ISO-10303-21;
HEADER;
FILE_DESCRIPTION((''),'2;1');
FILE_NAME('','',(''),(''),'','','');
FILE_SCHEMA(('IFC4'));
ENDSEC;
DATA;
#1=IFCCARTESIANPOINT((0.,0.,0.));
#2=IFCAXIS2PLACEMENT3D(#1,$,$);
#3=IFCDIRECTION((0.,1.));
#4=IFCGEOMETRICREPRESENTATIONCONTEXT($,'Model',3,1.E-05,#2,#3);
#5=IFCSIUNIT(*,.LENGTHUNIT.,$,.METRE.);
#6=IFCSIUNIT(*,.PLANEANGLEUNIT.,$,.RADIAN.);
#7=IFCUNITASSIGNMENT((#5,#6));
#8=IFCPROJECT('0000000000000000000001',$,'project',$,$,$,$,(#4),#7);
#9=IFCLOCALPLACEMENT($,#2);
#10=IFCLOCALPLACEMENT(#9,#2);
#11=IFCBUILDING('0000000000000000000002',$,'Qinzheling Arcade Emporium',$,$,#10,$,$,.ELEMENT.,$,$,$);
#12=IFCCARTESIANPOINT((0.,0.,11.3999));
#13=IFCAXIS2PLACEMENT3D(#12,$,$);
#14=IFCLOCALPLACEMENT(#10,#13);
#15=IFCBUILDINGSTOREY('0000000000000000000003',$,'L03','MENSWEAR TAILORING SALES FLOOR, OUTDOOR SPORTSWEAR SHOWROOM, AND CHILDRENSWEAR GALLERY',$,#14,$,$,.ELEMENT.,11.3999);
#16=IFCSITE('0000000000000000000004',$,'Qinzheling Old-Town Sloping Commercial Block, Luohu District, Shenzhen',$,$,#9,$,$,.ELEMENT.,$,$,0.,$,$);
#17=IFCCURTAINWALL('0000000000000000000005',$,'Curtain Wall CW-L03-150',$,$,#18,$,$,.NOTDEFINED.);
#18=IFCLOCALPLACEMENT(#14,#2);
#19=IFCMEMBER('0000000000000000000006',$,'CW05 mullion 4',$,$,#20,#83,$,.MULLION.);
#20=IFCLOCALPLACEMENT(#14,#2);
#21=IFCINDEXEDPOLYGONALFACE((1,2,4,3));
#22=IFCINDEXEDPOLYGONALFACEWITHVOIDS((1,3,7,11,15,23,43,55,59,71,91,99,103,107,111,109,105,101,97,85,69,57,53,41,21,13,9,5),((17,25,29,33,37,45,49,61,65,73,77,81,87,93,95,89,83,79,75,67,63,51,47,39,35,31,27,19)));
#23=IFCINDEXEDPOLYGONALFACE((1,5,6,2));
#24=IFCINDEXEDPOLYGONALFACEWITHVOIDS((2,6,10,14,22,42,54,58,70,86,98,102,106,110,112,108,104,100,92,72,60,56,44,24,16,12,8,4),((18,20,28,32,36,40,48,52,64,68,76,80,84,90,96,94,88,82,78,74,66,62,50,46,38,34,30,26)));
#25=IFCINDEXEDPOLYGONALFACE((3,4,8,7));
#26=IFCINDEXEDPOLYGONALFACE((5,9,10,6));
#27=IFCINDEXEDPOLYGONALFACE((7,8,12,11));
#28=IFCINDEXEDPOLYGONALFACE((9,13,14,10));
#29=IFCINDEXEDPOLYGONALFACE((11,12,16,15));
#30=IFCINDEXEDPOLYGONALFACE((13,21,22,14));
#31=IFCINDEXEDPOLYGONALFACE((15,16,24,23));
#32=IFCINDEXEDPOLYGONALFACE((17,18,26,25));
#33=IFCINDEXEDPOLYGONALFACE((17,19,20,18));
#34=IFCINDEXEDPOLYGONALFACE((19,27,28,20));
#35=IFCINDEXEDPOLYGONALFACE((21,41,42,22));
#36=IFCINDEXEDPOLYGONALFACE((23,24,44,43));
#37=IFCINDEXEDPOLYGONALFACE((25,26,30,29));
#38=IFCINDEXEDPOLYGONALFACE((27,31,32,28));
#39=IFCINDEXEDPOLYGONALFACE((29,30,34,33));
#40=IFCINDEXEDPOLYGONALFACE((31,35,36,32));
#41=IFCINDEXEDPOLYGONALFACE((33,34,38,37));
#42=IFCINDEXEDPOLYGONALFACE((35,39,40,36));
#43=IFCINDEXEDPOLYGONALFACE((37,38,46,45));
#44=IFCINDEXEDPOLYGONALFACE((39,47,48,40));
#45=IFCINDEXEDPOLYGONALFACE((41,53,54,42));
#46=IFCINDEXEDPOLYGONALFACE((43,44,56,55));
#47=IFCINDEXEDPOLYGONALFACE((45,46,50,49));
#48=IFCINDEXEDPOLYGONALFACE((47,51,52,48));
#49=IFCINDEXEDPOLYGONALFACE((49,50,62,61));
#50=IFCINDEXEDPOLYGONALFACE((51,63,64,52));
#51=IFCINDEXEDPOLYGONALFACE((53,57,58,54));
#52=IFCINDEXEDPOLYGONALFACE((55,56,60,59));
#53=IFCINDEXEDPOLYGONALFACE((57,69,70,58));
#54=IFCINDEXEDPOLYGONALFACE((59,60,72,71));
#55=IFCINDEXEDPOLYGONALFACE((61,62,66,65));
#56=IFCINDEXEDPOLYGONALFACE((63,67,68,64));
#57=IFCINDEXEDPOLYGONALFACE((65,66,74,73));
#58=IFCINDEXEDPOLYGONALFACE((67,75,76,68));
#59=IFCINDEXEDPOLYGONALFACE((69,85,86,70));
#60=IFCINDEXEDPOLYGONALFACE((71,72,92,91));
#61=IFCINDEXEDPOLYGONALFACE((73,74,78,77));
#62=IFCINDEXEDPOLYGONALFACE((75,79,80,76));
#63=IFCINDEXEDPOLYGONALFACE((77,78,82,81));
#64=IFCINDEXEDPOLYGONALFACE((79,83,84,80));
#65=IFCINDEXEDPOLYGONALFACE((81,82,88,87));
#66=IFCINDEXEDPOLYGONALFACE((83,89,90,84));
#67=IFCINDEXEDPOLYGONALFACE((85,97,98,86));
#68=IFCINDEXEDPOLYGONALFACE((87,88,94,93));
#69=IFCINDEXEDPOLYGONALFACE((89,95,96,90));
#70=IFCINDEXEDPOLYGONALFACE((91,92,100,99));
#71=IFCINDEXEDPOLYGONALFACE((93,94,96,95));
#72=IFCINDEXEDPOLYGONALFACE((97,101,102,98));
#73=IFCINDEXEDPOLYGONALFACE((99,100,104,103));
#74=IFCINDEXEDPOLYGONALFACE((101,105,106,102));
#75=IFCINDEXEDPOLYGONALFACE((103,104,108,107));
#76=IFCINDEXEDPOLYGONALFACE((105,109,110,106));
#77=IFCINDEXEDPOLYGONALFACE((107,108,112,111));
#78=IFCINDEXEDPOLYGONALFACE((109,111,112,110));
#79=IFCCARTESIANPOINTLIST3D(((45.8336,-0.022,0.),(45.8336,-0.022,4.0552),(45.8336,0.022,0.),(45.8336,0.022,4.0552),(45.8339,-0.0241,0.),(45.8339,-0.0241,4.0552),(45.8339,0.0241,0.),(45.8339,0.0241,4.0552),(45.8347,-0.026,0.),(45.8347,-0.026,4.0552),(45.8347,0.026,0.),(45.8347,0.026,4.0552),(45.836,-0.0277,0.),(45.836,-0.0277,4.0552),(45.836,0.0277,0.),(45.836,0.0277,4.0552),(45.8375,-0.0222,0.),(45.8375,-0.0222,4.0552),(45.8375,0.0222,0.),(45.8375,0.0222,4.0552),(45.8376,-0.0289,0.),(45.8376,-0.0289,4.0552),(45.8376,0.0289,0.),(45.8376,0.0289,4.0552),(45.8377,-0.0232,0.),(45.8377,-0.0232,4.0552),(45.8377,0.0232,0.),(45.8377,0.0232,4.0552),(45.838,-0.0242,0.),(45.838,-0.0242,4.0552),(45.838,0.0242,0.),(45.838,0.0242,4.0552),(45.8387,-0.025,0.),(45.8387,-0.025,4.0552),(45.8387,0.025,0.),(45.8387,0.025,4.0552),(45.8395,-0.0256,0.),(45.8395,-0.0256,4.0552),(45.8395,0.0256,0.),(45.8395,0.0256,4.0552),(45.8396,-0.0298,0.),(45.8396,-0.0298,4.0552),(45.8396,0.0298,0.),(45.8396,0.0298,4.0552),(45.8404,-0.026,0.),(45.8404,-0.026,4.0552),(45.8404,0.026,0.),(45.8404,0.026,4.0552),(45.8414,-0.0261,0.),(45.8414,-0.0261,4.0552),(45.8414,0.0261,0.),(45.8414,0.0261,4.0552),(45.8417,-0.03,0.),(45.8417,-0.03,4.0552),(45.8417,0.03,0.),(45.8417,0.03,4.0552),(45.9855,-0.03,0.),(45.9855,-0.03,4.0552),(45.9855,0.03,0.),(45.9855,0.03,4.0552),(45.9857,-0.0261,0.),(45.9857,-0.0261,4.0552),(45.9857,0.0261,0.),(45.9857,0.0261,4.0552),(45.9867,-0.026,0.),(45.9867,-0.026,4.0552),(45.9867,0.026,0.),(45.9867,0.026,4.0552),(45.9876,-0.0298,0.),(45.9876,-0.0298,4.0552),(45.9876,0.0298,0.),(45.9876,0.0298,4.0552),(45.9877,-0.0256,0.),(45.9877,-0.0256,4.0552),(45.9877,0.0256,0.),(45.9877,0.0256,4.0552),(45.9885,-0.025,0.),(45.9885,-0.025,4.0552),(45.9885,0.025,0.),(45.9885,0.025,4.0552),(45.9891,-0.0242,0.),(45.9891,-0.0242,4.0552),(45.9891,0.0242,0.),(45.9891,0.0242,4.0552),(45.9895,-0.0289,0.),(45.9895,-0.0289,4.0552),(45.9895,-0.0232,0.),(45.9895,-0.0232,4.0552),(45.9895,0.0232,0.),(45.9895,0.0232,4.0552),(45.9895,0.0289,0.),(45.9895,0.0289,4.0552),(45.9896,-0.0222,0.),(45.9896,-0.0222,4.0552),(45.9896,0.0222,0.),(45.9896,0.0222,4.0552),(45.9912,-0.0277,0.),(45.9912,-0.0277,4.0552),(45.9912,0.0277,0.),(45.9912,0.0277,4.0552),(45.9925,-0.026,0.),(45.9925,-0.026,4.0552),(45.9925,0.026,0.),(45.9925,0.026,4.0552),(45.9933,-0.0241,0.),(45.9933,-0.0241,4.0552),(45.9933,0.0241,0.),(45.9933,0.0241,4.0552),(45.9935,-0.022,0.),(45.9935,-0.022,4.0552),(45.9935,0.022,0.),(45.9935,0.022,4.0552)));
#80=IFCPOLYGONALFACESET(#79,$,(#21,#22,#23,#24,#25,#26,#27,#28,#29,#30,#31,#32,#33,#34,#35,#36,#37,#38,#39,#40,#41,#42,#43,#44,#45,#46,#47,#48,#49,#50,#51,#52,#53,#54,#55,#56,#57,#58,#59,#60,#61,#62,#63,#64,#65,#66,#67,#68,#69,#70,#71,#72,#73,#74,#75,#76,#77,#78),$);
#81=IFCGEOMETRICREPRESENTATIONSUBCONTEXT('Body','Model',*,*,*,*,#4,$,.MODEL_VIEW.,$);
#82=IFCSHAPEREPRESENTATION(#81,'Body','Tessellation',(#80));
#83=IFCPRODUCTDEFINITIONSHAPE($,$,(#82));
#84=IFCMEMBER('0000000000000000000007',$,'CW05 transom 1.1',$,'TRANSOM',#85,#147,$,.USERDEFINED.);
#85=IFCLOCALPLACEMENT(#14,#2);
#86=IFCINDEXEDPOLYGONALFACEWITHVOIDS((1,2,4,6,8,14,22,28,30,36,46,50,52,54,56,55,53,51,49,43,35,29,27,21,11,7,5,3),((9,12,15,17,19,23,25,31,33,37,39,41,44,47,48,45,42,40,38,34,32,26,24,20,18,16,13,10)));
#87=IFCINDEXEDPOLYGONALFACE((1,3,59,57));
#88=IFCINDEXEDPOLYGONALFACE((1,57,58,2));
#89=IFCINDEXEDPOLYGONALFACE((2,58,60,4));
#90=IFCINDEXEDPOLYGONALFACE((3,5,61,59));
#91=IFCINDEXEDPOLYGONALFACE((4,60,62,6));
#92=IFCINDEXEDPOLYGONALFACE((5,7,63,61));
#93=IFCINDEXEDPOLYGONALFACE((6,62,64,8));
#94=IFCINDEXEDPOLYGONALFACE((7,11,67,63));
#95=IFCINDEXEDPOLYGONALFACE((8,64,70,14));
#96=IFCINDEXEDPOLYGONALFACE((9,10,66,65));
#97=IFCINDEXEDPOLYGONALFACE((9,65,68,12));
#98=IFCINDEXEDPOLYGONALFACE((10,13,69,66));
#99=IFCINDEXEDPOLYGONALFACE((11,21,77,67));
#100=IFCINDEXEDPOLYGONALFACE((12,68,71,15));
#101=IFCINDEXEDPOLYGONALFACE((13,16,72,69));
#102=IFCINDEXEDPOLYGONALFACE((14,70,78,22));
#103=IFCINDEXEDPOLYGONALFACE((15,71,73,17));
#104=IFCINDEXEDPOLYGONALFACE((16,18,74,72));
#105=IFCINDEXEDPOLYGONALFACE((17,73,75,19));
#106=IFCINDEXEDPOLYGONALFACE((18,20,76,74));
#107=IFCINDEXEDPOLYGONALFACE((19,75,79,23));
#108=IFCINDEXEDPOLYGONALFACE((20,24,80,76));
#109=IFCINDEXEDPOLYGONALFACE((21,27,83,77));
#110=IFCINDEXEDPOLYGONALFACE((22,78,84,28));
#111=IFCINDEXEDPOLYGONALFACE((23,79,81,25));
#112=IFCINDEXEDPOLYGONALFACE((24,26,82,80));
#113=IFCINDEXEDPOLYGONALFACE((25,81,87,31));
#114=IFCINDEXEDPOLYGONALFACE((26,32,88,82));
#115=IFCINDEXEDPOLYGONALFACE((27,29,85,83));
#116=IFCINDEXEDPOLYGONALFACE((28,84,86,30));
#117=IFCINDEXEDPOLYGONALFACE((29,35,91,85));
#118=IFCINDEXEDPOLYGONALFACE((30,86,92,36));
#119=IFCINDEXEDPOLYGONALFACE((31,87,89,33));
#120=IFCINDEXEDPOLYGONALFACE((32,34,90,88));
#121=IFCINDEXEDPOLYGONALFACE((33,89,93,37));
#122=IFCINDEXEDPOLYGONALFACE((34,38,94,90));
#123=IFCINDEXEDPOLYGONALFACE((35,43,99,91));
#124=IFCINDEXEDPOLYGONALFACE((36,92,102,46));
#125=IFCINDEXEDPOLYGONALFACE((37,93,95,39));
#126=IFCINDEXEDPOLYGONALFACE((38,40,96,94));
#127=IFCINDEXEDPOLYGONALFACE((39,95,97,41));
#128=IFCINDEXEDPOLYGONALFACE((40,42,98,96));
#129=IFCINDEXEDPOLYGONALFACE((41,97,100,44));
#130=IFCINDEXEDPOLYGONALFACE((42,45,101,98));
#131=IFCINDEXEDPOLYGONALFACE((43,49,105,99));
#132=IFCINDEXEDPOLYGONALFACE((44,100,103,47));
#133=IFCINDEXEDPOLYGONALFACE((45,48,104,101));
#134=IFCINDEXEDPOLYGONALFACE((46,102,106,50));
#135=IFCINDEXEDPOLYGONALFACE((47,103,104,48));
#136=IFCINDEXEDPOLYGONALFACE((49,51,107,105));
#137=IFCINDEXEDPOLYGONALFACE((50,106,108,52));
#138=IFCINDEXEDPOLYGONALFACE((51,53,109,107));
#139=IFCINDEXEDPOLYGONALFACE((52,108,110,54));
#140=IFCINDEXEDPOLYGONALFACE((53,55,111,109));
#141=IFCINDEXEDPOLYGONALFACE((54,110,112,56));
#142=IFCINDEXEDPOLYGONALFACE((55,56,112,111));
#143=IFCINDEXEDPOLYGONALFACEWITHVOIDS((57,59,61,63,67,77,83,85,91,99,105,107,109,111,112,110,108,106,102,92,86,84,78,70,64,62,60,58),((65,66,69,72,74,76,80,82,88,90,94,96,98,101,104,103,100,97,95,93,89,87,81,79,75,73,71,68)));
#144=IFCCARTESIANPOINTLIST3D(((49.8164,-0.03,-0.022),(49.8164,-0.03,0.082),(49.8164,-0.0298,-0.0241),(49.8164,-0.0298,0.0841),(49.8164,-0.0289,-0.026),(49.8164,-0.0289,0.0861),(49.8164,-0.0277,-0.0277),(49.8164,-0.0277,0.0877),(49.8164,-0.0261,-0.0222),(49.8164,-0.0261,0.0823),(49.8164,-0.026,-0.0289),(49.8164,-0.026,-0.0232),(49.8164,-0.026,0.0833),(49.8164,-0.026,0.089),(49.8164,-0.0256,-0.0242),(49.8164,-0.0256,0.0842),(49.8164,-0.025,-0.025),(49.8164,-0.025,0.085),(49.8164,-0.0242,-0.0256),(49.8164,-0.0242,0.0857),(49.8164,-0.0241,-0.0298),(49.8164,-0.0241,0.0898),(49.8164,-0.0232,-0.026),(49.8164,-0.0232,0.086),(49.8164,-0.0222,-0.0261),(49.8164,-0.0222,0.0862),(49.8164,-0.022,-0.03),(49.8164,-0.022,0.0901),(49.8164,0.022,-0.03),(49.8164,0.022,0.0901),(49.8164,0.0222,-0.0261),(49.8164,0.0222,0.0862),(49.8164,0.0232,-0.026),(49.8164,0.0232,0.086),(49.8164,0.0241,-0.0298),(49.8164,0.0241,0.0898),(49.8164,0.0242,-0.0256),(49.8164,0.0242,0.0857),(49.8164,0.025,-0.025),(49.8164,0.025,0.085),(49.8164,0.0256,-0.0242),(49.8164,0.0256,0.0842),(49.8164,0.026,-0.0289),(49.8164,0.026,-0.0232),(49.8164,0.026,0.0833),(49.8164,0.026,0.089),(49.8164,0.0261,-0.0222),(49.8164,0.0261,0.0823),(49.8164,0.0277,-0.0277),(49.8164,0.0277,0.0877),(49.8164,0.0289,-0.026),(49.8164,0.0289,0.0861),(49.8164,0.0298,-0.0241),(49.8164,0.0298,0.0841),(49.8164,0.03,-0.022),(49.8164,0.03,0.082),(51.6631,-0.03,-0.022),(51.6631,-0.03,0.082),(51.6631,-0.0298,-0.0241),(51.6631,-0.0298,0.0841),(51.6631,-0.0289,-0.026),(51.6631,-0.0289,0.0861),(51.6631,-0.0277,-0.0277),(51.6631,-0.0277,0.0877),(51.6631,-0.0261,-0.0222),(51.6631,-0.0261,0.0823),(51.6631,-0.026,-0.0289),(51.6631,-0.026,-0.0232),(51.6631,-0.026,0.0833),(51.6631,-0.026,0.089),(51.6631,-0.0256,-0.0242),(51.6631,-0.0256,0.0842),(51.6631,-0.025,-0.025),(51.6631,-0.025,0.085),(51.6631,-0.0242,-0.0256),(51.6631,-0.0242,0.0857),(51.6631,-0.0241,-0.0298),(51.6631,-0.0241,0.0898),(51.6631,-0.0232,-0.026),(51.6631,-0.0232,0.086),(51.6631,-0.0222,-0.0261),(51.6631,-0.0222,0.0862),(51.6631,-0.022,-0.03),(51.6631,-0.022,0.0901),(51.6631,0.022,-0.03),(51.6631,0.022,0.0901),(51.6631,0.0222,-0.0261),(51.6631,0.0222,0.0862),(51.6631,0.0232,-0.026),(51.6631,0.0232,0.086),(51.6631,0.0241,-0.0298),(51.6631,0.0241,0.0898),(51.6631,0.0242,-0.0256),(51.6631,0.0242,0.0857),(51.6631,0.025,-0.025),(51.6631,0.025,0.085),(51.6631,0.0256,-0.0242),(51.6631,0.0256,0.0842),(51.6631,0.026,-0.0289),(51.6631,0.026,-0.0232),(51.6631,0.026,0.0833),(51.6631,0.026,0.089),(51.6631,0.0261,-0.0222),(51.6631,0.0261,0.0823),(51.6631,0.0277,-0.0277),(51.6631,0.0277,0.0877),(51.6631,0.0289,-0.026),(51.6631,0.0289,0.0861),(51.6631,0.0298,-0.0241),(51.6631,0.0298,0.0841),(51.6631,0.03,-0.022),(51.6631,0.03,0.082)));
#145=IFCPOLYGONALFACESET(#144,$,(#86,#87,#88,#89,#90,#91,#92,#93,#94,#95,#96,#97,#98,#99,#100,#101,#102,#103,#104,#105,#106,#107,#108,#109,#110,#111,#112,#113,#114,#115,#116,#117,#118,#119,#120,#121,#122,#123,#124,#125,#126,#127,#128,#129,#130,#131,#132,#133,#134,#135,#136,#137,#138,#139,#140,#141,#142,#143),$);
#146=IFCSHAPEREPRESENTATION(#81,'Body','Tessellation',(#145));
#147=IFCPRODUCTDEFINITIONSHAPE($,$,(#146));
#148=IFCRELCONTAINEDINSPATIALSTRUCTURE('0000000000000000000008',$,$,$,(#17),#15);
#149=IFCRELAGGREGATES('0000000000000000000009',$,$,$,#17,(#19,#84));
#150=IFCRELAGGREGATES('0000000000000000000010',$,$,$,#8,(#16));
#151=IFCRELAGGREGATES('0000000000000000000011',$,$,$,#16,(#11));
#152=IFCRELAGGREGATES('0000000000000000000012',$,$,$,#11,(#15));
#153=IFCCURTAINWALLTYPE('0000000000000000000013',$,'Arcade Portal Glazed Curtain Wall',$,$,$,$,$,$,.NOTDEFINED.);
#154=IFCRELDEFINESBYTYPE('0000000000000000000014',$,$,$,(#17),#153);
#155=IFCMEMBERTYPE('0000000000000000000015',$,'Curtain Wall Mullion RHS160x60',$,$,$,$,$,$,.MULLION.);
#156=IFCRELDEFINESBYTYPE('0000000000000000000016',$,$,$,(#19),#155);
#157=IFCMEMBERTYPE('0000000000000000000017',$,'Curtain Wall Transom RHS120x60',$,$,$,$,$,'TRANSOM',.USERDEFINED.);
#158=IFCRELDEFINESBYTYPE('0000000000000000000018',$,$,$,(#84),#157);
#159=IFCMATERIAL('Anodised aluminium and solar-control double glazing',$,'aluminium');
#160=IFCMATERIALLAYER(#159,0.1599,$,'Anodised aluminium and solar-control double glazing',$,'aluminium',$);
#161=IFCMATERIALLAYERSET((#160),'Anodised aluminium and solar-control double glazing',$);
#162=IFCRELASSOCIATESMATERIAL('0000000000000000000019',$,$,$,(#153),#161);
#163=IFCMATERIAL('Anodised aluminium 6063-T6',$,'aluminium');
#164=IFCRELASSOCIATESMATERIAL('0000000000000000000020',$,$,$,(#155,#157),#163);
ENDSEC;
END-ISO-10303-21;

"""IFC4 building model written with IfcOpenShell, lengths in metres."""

from ifc_helpers import new_model, si_unit, direction, frame, origin, origin_2d, place, context, subcontext, project, spatial, hollow_rectangle, extrude, material, layer, layer_set, material_profile, profile_set, type_object, element, aggregate, save


model = new_model("IFC4")

# Units and contexts
model_context = context("Model", 3, precision=1e-05, world=origin(), true_north=direction((0.0, 1.0)))
body_context = subcontext(model_context, "Body", "Model", "MODEL_VIEW")
ifc_project = project(units=[si_unit("LENGTHUNIT", "METRE"), si_unit("PLANEANGLEUNIT", "RADIAN")], contexts=[model_context])

# Site, building, storey
site_placement = place(None, origin())
site = spatial("IfcSite", under=ifc_project, at=site_placement, Name="Qinzheling Old-Town Sloping Commercial Block, Luohu District, Shenzhen", CompositionType="ELEMENT", RefElevation=0.0)
building_placement = place(site_placement, origin())
building = spatial("IfcBuilding", under=site, at=building_placement, Name="Qinzheling Arcade Emporium", CompositionType="ELEMENT")
storey_placement = place(building_placement, frame((0.0, 0.0, 11.3999)))
storey = spatial("IfcBuildingStorey", under=building, at=storey_placement, Name="L03", Description="MENSWEAR TAILORING SALES FLOOR, OUTDOOR SPORTSWEAR SHOWROOM, AND CHILDRENSWEAR GALLERY", CompositionType="ELEMENT", Elevation=11.3999)

# Curtain wall, members
ifc_material_1 = material(Name="Anodised aluminium and solar-control double glazing", Category="aluminium")
ifc_layer_1 = layer(ifc_material_1, 0.1599, Name="Anodised aluminium and solar-control double glazing", Category="aluminium")
ifc_layer_set_1 = layer_set([ifc_layer_1], Name="Anodised aluminium and solar-control double glazing")
curtain_wall_type = type_object("IfcCurtainWallType", Name="Arcade Portal Glazed Curtain Wall", PredefinedType="NOTDEFINED", material=ifc_layer_set_1)
curtain_wall_placement = place(storey_placement, origin())
curtain_wall = element("IfcCurtainWall", 1, at=curtain_wall_placement, inside=storey, type_object=curtain_wall_type, Name="Curtain Wall CW-L03-150", PredefinedType="NOTDEFINED")
ifc_material_2 = material(Name="Anodised aluminium 6063-T6", Category="aluminium")
ifc_material_profile_1 = material_profile(ifc_material_2, hollow_rectangle(XDim=0.0601, YDim=0.1599, WallThickness=0.0039, InnerFilletRadius=0.0039, OuterFilletRadius=0.0081, at=origin_2d()), Name="RHS 160x60x4", Category="aluminium")
ifc_profile_set_1 = profile_set([ifc_material_profile_1], Name="Anodised aluminium 6063-T6")
member_type_1 = type_object("IfcMemberType", Name="Curtain Wall Mullion RHS160x60", PredefinedType="MULLION", material=ifc_profile_set_1)
member_1_placement = place(storey_placement, frame((45.9136, 0.0, 0.0), z_axis=(0.0, 0.0, 1.0), x_axis=(0.0, -1.0, 0.0)))
member_1 = element("IfcMember", 2, at=member_1_placement, type_object=member_type_1, Name="CW05 mullion 4", PredefinedType="MULLION", context=body_context, shape_type="SweptSolid", body=[
    extrude(hollow_rectangle(XDim=0.0601, YDim=0.1599, WallThickness=0.0039, InnerFilletRadius=0.0039, OuterFilletRadius=0.0081, at=origin_2d()), origin(), (0.0, 0.0, 1.0), 4.0552),
])
ifc_material_profile_2 = material_profile(ifc_material_2, hollow_rectangle(XDim=0.0601, YDim=0.1201, WallThickness=0.0039, InnerFilletRadius=0.0039, OuterFilletRadius=0.0081, at=origin_2d()), Name="RHS 120x60x4", Category="aluminium")
ifc_profile_set_2 = profile_set([ifc_material_profile_2], Name="Anodised aluminium 6063-T6")
member_type_2 = type_object("IfcMemberType", Name="Curtain Wall Transom RHS120x60", ElementType="TRANSOM", PredefinedType="USERDEFINED", material=ifc_profile_set_2)
member_2_placement = place(storey_placement, frame((51.6631, 0.0, 0.03), z_axis=(-1.0, 0.0, 0.0), x_axis=(0.0, -1.0, 0.0)))
member_2 = element("IfcMember", 3, at=member_2_placement, type_object=member_type_2, Name="CW05 transom 1.1", ObjectType="TRANSOM", PredefinedType="USERDEFINED", context=body_context, shape_type="SweptSolid", body=[
    extrude(hollow_rectangle(XDim=0.0601, YDim=0.1201, WallThickness=0.0039, InnerFilletRadius=0.0039, OuterFilletRadius=0.0081, at=origin_2d()), origin(), (0.0, 0.0, 1.0), 1.8467),
])

aggregate(curtain_wall, [member_1, member_2])

save(model, "model.ifc")
